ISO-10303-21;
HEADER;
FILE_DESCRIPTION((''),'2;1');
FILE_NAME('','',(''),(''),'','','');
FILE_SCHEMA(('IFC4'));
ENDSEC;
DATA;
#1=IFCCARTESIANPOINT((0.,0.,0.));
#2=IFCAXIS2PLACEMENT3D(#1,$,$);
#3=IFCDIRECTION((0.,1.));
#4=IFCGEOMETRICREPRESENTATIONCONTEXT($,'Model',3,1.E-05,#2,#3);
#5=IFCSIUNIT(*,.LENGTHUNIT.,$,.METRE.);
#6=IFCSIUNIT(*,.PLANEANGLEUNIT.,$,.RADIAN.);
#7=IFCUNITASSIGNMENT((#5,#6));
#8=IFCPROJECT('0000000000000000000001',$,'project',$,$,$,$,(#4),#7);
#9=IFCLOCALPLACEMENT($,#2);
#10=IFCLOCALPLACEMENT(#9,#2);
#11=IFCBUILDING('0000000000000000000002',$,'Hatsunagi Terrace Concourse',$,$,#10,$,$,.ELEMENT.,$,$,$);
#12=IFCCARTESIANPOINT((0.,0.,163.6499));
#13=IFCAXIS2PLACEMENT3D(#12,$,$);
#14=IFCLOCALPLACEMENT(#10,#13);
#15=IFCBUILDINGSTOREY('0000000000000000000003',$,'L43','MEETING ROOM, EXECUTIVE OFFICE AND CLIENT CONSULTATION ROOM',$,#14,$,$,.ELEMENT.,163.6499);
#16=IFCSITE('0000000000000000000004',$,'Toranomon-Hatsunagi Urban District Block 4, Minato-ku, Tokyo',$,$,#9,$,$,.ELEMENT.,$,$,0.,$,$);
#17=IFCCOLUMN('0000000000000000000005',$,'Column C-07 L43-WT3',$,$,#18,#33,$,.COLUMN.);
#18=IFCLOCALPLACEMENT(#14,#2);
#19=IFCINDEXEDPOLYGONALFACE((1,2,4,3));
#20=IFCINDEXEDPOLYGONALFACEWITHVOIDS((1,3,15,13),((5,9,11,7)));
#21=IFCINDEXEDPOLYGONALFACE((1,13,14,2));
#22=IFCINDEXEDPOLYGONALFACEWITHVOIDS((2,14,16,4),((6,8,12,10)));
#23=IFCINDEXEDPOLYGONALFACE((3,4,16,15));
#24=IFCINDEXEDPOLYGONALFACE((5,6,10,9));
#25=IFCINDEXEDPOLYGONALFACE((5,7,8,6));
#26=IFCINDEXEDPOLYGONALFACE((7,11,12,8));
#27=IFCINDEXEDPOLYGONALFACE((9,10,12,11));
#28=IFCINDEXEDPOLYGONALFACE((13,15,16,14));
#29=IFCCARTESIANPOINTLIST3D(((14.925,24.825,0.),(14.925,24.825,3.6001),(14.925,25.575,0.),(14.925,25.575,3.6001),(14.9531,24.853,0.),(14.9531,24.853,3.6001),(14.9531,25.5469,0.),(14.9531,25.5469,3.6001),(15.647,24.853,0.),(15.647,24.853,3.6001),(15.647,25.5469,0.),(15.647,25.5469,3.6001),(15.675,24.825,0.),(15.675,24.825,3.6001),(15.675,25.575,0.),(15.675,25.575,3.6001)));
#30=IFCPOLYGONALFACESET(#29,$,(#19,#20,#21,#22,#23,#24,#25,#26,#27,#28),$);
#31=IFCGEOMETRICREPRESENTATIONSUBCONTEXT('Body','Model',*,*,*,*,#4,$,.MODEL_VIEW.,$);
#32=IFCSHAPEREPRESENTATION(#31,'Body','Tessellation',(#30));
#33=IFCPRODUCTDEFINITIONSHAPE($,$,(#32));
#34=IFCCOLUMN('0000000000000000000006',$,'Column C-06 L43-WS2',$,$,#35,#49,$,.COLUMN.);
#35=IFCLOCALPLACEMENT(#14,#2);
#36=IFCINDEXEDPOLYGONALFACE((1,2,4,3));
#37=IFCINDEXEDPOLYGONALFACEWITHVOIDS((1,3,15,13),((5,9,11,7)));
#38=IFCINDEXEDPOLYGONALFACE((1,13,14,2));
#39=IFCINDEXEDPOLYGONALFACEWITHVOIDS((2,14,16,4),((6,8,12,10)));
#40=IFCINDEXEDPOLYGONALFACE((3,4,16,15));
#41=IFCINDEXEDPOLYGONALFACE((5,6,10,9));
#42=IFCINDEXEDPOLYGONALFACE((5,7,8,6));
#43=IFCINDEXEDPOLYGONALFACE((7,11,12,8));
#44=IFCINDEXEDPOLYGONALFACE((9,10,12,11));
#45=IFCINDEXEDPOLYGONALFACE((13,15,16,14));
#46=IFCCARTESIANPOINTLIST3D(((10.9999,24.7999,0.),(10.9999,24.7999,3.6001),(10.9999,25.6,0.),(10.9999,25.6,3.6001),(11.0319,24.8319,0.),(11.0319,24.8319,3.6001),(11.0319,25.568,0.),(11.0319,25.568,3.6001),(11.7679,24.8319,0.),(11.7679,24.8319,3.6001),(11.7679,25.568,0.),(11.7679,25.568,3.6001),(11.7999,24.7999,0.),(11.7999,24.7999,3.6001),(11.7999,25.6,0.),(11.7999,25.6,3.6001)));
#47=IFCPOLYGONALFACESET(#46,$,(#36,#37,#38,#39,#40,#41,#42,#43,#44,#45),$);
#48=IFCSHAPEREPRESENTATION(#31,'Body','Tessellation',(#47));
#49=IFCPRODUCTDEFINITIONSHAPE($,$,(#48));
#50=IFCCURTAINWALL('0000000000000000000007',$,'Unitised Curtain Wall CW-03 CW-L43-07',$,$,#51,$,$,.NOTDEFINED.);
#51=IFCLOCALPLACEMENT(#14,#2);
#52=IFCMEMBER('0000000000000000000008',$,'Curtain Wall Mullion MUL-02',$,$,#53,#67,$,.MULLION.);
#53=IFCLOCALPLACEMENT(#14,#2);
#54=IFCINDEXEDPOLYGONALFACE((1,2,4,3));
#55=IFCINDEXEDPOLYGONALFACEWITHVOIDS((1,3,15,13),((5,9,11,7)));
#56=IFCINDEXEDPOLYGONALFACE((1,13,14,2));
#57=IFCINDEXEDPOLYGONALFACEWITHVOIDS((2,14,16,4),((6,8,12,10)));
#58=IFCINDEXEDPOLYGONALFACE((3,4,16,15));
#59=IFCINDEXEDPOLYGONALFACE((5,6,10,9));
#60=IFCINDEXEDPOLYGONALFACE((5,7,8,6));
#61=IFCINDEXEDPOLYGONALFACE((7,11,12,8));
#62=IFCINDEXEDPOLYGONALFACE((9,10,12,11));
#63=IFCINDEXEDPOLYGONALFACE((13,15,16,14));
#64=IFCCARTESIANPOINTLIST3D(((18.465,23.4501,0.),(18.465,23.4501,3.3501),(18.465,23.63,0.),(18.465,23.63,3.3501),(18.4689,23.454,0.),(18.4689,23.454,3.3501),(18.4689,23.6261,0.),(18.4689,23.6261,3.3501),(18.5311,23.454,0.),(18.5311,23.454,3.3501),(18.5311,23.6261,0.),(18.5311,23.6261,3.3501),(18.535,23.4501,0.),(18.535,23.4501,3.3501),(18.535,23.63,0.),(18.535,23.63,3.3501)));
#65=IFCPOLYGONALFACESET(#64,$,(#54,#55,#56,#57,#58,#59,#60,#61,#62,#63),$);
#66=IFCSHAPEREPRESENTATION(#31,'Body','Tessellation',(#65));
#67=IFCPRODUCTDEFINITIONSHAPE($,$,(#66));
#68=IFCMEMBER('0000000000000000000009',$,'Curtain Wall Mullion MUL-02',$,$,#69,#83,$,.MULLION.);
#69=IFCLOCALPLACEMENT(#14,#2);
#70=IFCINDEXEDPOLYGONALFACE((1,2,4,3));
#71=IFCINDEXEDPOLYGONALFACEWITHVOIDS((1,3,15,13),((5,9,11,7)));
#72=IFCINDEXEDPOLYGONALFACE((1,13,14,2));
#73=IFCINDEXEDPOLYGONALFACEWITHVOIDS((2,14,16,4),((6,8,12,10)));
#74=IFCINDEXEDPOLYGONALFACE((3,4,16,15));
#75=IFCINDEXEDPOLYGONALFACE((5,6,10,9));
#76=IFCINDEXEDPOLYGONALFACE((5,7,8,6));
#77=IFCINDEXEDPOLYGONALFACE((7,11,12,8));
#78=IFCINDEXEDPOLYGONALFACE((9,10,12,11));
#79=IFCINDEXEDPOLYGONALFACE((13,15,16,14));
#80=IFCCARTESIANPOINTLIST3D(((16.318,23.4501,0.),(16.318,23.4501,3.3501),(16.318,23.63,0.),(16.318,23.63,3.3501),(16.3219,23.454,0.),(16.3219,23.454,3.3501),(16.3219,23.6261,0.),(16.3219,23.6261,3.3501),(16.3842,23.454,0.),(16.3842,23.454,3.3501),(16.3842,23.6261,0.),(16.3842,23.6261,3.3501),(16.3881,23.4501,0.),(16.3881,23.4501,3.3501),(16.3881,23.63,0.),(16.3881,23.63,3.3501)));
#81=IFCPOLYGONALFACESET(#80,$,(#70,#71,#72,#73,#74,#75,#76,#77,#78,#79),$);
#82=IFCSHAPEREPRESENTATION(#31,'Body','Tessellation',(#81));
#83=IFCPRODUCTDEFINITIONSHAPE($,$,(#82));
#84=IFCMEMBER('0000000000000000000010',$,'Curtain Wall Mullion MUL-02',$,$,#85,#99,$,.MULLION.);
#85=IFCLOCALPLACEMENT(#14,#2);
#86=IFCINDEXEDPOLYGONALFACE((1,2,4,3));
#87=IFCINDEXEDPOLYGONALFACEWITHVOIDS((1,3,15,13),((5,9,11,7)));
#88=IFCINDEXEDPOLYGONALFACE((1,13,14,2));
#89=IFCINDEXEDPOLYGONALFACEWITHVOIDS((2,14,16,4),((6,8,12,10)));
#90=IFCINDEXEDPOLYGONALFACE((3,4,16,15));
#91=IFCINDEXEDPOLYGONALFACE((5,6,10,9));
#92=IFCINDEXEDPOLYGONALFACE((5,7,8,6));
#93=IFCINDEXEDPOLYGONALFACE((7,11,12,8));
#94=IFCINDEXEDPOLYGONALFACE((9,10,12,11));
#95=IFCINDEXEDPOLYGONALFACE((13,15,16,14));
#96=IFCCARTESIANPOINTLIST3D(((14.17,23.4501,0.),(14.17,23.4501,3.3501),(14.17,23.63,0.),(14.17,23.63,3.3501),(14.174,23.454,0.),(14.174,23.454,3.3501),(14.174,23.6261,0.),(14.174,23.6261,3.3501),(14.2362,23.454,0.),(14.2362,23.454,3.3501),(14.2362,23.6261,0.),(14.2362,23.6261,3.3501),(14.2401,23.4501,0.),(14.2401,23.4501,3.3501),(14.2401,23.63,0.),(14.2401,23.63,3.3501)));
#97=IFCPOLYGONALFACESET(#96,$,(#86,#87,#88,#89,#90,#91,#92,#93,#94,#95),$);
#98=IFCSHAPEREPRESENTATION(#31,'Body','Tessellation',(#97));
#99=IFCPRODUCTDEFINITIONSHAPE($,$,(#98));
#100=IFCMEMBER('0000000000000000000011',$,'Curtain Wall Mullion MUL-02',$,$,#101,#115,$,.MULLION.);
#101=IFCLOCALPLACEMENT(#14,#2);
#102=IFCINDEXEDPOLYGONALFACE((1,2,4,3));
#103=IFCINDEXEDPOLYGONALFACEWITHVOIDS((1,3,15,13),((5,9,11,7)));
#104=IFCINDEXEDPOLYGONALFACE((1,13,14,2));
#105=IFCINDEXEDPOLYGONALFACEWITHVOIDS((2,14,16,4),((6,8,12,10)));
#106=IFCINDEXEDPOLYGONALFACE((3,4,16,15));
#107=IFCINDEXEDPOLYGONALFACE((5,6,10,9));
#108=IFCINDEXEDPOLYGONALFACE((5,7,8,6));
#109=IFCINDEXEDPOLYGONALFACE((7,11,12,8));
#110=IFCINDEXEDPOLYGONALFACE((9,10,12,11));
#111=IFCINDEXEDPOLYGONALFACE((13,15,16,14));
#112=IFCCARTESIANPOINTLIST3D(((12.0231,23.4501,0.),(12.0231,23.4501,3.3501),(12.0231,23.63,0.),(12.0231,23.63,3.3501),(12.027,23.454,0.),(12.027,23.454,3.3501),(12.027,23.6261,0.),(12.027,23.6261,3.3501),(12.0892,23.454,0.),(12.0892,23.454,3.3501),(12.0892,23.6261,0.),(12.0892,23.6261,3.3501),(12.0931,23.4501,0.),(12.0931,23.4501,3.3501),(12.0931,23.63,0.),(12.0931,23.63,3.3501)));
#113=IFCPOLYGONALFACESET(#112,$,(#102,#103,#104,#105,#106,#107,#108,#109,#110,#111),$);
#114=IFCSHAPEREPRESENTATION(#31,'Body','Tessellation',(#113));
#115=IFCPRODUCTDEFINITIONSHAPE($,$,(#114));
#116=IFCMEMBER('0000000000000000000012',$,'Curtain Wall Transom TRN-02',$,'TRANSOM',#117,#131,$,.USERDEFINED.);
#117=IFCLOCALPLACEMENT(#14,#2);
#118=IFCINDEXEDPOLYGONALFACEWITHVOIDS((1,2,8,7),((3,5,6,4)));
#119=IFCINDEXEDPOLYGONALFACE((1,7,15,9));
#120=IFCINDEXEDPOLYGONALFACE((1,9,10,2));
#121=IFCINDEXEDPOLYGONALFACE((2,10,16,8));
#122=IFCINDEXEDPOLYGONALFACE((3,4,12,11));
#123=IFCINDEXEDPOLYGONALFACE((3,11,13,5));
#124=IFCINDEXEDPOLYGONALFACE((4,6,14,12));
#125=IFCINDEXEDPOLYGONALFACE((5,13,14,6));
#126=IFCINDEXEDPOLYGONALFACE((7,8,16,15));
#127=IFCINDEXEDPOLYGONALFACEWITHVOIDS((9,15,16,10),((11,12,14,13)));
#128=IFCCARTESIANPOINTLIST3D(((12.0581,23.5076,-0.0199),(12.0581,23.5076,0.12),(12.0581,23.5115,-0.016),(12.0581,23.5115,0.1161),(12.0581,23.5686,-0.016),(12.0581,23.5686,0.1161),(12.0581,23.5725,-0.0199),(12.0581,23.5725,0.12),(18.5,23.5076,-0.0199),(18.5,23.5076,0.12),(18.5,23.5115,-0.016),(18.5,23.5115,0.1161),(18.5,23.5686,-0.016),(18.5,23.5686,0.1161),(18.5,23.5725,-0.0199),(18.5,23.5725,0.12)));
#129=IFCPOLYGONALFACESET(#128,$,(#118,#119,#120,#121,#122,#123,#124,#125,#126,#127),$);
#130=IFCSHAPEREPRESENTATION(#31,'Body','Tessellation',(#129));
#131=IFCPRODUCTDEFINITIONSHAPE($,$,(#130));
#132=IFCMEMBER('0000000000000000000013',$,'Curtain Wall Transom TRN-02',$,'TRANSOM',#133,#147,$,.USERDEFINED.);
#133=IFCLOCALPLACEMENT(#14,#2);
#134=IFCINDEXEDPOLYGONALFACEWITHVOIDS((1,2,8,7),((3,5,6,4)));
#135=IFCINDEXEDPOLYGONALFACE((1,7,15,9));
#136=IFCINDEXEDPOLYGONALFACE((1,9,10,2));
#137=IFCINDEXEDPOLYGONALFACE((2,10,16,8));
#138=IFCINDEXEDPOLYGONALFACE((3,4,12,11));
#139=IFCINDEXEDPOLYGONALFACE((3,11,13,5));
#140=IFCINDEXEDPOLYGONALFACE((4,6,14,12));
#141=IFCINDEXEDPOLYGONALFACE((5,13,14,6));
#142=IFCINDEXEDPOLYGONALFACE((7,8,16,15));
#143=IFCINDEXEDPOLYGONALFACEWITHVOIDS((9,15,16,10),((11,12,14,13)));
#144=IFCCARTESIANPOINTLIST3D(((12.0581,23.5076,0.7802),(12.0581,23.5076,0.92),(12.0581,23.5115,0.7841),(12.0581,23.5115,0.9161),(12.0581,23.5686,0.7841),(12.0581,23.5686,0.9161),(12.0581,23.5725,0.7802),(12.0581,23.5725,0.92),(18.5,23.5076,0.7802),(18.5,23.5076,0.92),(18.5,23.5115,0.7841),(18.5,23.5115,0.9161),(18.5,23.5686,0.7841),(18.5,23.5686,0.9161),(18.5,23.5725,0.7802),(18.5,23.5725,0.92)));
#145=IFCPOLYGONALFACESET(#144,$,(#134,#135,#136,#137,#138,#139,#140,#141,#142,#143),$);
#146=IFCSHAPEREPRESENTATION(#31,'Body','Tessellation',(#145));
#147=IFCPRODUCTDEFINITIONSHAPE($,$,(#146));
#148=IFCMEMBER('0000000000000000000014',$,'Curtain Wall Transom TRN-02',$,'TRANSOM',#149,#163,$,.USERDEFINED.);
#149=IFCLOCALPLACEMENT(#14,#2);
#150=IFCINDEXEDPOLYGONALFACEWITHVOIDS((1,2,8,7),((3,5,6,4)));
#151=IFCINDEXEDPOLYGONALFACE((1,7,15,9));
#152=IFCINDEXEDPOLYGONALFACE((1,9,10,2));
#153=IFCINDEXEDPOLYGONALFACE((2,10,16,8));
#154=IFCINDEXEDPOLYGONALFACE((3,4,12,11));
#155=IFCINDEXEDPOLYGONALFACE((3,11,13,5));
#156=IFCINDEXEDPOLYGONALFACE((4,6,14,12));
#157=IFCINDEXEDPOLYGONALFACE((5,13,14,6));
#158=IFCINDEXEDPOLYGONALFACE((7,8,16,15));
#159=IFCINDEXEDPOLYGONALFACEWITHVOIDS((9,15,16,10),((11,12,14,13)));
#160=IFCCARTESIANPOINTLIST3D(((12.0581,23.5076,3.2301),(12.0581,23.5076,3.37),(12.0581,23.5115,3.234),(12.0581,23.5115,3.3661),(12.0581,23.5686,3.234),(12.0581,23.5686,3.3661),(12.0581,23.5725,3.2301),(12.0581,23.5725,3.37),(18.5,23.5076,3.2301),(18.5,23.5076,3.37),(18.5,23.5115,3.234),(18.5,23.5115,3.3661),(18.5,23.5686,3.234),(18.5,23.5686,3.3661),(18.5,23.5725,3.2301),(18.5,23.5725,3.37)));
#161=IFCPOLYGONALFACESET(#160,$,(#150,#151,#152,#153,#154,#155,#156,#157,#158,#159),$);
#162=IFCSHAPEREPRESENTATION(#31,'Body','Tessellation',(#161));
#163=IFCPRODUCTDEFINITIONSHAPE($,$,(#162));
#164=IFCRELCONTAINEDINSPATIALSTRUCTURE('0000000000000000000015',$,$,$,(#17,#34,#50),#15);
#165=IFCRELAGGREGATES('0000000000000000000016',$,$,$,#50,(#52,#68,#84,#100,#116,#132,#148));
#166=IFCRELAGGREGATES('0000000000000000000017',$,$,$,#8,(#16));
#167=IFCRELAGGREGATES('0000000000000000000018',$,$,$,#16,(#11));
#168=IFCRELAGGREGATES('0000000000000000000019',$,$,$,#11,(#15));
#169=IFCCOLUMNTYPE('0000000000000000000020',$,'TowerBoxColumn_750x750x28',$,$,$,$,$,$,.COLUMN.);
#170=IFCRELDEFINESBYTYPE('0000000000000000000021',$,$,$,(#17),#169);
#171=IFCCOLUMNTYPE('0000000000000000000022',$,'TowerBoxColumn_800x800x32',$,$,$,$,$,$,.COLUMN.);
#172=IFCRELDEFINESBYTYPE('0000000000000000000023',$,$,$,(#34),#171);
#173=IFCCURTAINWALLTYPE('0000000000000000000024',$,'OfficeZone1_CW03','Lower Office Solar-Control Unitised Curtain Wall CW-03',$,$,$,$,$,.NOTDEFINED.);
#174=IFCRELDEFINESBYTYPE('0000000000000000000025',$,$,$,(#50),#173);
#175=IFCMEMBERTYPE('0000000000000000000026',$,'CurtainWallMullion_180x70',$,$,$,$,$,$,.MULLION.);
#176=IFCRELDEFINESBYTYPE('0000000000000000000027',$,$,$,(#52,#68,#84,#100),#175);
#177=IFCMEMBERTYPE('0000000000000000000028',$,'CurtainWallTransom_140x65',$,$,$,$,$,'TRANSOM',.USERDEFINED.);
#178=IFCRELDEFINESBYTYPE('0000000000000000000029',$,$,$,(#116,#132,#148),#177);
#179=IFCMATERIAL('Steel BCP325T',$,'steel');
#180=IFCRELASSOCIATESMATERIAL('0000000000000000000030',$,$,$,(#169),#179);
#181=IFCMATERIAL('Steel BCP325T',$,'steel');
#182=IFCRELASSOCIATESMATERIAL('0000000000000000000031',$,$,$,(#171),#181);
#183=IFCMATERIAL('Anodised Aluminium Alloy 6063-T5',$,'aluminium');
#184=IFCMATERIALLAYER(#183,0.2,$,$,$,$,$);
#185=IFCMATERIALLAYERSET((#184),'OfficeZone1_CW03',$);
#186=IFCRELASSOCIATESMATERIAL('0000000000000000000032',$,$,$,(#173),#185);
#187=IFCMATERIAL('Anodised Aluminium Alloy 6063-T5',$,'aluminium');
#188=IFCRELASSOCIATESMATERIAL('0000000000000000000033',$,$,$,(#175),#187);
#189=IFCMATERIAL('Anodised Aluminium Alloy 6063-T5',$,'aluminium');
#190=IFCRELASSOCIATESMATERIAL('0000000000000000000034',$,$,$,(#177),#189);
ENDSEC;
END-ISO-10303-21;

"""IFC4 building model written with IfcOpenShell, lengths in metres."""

from ifc_helpers import new_model, si_unit, direction, frame, origin, origin_2d, place, context, subcontext, project, spatial, hollow_rectangle, extrude, material, layer, layer_set, material_profile, profile_set, type_object, element, aggregate, save


model = new_model("IFC4")

# Units and contexts
model_context = context("Model", 3, precision=1e-05, world=origin(), true_north=direction((0.0, 1.0)))
body_context = subcontext(model_context, "Body", "Model", "MODEL_VIEW")
ifc_project = project(units=[si_unit("LENGTHUNIT", "METRE"), si_unit("PLANEANGLEUNIT", "RADIAN")], contexts=[model_context])

# Site, building, storey
site_placement = place(None, origin())
site = spatial("IfcSite", under=ifc_project, at=site_placement, Name="Toranomon-Hatsunagi Urban District Block 4, Minato-ku, Tokyo", CompositionType="ELEMENT", RefElevation=0.0)
building_placement = place(site_placement, origin())
building = spatial("IfcBuilding", under=site, at=building_placement, Name="Hatsunagi Terrace Concourse", CompositionType="ELEMENT")
storey_placement = place(building_placement, frame((0.0, 0.0, 163.6499)))
storey = spatial("IfcBuildingStorey", under=building, at=storey_placement, Name="L43", Description="MEETING ROOM, EXECUTIVE OFFICE AND CLIENT CONSULTATION ROOM", CompositionType="ELEMENT", Elevation=163.6499)

# Columns
ifc_material_1 = material(Name="Steel BCP325T", Category="steel")
ifc_material_profile_1 = material_profile(ifc_material_1, hollow_rectangle(XDim=0.75, YDim=0.75, WallThickness=0.0281, at=origin_2d()), Name="BCP-750x750x28")
ifc_profile_set_1 = profile_set([ifc_material_profile_1], Name="Steel BCP325T")
column_type_1 = type_object("IfcColumnType", Name="TowerBoxColumn_750x750x28", PredefinedType="COLUMN", material=ifc_profile_set_1)
column_1_placement = place(storey_placement, frame((15.3, 25.2, 0.0), z_axis=(0.0, 0.0, 1.0), x_axis=(1.0, 0.0, 0.0)))
element("IfcColumn", 1, at=column_1_placement, inside=storey, type_object=column_type_1, Name="Column C-07 L43-WT3", PredefinedType="COLUMN", context=body_context, shape_type="SweptSolid", body=[
    extrude(hollow_rectangle(XDim=0.75, YDim=0.75, WallThickness=0.0281, at=origin_2d()), origin(), (0.0, 0.0, 1.0), 3.6001),
])
ifc_material_2 = material(Name="Steel BCP325T", Category="steel")
ifc_material_profile_2 = material_profile(ifc_material_2, hollow_rectangle(XDim=0.8, YDim=0.8, WallThickness=0.032, at=origin_2d()), Name="BCP-800x800x32")
ifc_profile_set_2 = profile_set([ifc_material_profile_2], Name="Steel BCP325T")
column_type_2 = type_object("IfcColumnType", Name="TowerBoxColumn_800x800x32", PredefinedType="COLUMN", material=ifc_profile_set_2)
column_2_placement = place(storey_placement, frame((11.3999, 25.2, 0.0), z_axis=(0.0, 0.0, 1.0), x_axis=(1.0, 0.0, 0.0)))
element("IfcColumn", 2, at=column_2_placement, inside=storey, type_object=column_type_2, Name="Column C-06 L43-WS2", PredefinedType="COLUMN", context=body_context, shape_type="SweptSolid", body=[
    extrude(hollow_rectangle(XDim=0.8, YDim=0.8, WallThickness=0.032, at=origin_2d()), origin(), (0.0, 0.0, 1.0), 3.6001),
])

# Curtain wall, members
ifc_material_3 = material(Name="Anodised Aluminium Alloy 6063-T5", Category="aluminium")
ifc_layer_1 = layer(ifc_material_3, 0.2)
ifc_layer_set_1 = layer_set([ifc_layer_1], Name="OfficeZone1_CW03")
curtain_wall_type = type_object("IfcCurtainWallType", Name="OfficeZone1_CW03", Description="Lower Office Solar-Control Unitised Curtain Wall CW-03", PredefinedType="NOTDEFINED", material=ifc_layer_set_1)
curtain_wall_placement = place(storey_placement, origin())
curtain_wall = element("IfcCurtainWall", 3, at=curtain_wall_placement, inside=storey, type_object=curtain_wall_type, Name="Unitised Curtain Wall CW-03 CW-L43-07", PredefinedType="NOTDEFINED")
ifc_material_4 = material(Name="Anodised Aluminium Alloy 6063-T5", Category="aluminium")
ifc_material_profile_3 = material_profile(ifc_material_4, hollow_rectangle(XDim=0.0701, YDim=0.1799, WallThickness=0.0039, at=origin_2d()), Name="ALU-MUL-180x70x4")
ifc_profile_set_3 = profile_set([ifc_material_profile_3], Name="Anodised Aluminium Alloy 6063-T5")
member_type_1 = type_object("IfcMemberType", Name="CurtainWallMullion_180x70", PredefinedType="MULLION", material=ifc_profile_set_3)
member_1_placement = place(storey_placement, frame((18.5, 23.54, 0.0), z_axis=(0.0, 0.0, 1.0), x_axis=(-1.0, 0.0, 0.0)))
member_1 = element("IfcMember", 4, at=member_1_placement, type_object=member_type_1, Name="Curtain Wall Mullion MUL-02", PredefinedType="MULLION", context=body_context, shape_type="SweptSolid", body=[
    extrude(hollow_rectangle(XDim=0.0701, YDim=0.1799, WallThickness=0.0039, at=origin_2d()), origin(), (0.0, 0.0, 1.0), 3.3501),
])
member_2_placement = place(storey_placement, frame((16.353, 23.54, 0.0), z_axis=(0.0, 0.0, 1.0), x_axis=(-1.0, 0.0, 0.0)))
member_2 = element("IfcMember", 5, at=member_2_placement, type_object=member_type_1, Name="Curtain Wall Mullion MUL-02", PredefinedType="MULLION", context=body_context, shape_type="SweptSolid", body=[
    extrude(hollow_rectangle(XDim=0.0701, YDim=0.1799, WallThickness=0.0039, at=origin_2d()), origin(), (0.0, 0.0, 1.0), 3.3501),
])
member_3_placement = place(storey_placement, frame((14.2051, 23.54, 0.0), z_axis=(0.0, 0.0, 1.0), x_axis=(-1.0, 0.0, 0.0)))
member_3 = element("IfcMember", 6, at=member_3_placement, type_object=member_type_1, Name="Curtain Wall Mullion MUL-02", PredefinedType="MULLION", context=body_context, shape_type="SweptSolid", body=[
    extrude(hollow_rectangle(XDim=0.0701, YDim=0.1799, WallThickness=0.0039, at=origin_2d()), origin(), (0.0, 0.0, 1.0), 3.3501),
])
member_4_placement = place(storey_placement, frame((12.0581, 23.54, 0.0), z_axis=(0.0, 0.0, 1.0), x_axis=(-1.0, 0.0, 0.0)))
member_4 = element("IfcMember", 7, at=member_4_placement, type_object=member_type_1, Name="Curtain Wall Mullion MUL-02", PredefinedType="MULLION", context=body_context, shape_type="SweptSolid", body=[
    extrude(hollow_rectangle(XDim=0.0701, YDim=0.1799, WallThickness=0.0039, at=origin_2d()), origin(), (0.0, 0.0, 1.0), 3.3501),
])
ifc_material_5 = material(Name="Anodised Aluminium Alloy 6063-T5", Category="aluminium")
ifc_material_profile_4 = material_profile(ifc_material_5, hollow_rectangle(XDim=0.0649, YDim=0.1399, WallThickness=0.0039, at=origin_2d()), Name="ALU-TRN-140x65x4")
ifc_profile_set_4 = profile_set([ifc_material_profile_4], Name="Anodised Aluminium Alloy 6063-T5")
member_type_2 = type_object("IfcMemberType", Name="CurtainWallTransom_140x65", ElementType="TRANSOM", PredefinedType="USERDEFINED", material=ifc_profile_set_4)
member_5_placement = place(storey_placement, frame((18.5, 23.54, 0.05), z_axis=(-1.0, 0.0, 0.0), x_axis=(0.0, -1.0, 0.0)))
member_5 = element("IfcMember", 8, at=member_5_placement, type_object=member_type_2, Name="Curtain Wall Transom TRN-02", ObjectType="TRANSOM", PredefinedType="USERDEFINED", context=body_context, shape_type="SweptSolid", body=[
    extrude(hollow_rectangle(XDim=0.0649, YDim=0.1399, WallThickness=0.0039, at=origin_2d()), origin(), (0.0, 0.0, 1.0), 6.4419),
])
member_6_placement = place(storey_placement, frame((18.5, 23.54, 0.8501), z_axis=(-1.0, 0.0, 0.0), x_axis=(0.0, -1.0, 0.0)))
member_6 = element("IfcMember", 9, at=member_6_placement, type_object=member_type_2, Name="Curtain Wall Transom TRN-02", ObjectType="TRANSOM", PredefinedType="USERDEFINED", context=body_context, shape_type="SweptSolid", body=[
    extrude(hollow_rectangle(XDim=0.0649, YDim=0.1399, WallThickness=0.0039, at=origin_2d()), origin(), (0.0, 0.0, 1.0), 6.4419),
])
member_7_placement = place(storey_placement, frame((18.5, 23.54, 3.3), z_axis=(-1.0, 0.0, 0.0), x_axis=(0.0, -1.0, 0.0)))
member_7 = element("IfcMember", 10, at=member_7_placement, type_object=member_type_2, Name="Curtain Wall Transom TRN-02", ObjectType="TRANSOM", PredefinedType="USERDEFINED", context=body_context, shape_type="SweptSolid", body=[
    extrude(hollow_rectangle(XDim=0.0649, YDim=0.1399, WallThickness=0.0039, at=origin_2d()), origin(), (0.0, 0.0, 1.0), 6.4419),
])

aggregate(curtain_wall, [member_1, member_2, member_3, member_4, member_5, member_6, member_7])

save(model, "model.ifc")
